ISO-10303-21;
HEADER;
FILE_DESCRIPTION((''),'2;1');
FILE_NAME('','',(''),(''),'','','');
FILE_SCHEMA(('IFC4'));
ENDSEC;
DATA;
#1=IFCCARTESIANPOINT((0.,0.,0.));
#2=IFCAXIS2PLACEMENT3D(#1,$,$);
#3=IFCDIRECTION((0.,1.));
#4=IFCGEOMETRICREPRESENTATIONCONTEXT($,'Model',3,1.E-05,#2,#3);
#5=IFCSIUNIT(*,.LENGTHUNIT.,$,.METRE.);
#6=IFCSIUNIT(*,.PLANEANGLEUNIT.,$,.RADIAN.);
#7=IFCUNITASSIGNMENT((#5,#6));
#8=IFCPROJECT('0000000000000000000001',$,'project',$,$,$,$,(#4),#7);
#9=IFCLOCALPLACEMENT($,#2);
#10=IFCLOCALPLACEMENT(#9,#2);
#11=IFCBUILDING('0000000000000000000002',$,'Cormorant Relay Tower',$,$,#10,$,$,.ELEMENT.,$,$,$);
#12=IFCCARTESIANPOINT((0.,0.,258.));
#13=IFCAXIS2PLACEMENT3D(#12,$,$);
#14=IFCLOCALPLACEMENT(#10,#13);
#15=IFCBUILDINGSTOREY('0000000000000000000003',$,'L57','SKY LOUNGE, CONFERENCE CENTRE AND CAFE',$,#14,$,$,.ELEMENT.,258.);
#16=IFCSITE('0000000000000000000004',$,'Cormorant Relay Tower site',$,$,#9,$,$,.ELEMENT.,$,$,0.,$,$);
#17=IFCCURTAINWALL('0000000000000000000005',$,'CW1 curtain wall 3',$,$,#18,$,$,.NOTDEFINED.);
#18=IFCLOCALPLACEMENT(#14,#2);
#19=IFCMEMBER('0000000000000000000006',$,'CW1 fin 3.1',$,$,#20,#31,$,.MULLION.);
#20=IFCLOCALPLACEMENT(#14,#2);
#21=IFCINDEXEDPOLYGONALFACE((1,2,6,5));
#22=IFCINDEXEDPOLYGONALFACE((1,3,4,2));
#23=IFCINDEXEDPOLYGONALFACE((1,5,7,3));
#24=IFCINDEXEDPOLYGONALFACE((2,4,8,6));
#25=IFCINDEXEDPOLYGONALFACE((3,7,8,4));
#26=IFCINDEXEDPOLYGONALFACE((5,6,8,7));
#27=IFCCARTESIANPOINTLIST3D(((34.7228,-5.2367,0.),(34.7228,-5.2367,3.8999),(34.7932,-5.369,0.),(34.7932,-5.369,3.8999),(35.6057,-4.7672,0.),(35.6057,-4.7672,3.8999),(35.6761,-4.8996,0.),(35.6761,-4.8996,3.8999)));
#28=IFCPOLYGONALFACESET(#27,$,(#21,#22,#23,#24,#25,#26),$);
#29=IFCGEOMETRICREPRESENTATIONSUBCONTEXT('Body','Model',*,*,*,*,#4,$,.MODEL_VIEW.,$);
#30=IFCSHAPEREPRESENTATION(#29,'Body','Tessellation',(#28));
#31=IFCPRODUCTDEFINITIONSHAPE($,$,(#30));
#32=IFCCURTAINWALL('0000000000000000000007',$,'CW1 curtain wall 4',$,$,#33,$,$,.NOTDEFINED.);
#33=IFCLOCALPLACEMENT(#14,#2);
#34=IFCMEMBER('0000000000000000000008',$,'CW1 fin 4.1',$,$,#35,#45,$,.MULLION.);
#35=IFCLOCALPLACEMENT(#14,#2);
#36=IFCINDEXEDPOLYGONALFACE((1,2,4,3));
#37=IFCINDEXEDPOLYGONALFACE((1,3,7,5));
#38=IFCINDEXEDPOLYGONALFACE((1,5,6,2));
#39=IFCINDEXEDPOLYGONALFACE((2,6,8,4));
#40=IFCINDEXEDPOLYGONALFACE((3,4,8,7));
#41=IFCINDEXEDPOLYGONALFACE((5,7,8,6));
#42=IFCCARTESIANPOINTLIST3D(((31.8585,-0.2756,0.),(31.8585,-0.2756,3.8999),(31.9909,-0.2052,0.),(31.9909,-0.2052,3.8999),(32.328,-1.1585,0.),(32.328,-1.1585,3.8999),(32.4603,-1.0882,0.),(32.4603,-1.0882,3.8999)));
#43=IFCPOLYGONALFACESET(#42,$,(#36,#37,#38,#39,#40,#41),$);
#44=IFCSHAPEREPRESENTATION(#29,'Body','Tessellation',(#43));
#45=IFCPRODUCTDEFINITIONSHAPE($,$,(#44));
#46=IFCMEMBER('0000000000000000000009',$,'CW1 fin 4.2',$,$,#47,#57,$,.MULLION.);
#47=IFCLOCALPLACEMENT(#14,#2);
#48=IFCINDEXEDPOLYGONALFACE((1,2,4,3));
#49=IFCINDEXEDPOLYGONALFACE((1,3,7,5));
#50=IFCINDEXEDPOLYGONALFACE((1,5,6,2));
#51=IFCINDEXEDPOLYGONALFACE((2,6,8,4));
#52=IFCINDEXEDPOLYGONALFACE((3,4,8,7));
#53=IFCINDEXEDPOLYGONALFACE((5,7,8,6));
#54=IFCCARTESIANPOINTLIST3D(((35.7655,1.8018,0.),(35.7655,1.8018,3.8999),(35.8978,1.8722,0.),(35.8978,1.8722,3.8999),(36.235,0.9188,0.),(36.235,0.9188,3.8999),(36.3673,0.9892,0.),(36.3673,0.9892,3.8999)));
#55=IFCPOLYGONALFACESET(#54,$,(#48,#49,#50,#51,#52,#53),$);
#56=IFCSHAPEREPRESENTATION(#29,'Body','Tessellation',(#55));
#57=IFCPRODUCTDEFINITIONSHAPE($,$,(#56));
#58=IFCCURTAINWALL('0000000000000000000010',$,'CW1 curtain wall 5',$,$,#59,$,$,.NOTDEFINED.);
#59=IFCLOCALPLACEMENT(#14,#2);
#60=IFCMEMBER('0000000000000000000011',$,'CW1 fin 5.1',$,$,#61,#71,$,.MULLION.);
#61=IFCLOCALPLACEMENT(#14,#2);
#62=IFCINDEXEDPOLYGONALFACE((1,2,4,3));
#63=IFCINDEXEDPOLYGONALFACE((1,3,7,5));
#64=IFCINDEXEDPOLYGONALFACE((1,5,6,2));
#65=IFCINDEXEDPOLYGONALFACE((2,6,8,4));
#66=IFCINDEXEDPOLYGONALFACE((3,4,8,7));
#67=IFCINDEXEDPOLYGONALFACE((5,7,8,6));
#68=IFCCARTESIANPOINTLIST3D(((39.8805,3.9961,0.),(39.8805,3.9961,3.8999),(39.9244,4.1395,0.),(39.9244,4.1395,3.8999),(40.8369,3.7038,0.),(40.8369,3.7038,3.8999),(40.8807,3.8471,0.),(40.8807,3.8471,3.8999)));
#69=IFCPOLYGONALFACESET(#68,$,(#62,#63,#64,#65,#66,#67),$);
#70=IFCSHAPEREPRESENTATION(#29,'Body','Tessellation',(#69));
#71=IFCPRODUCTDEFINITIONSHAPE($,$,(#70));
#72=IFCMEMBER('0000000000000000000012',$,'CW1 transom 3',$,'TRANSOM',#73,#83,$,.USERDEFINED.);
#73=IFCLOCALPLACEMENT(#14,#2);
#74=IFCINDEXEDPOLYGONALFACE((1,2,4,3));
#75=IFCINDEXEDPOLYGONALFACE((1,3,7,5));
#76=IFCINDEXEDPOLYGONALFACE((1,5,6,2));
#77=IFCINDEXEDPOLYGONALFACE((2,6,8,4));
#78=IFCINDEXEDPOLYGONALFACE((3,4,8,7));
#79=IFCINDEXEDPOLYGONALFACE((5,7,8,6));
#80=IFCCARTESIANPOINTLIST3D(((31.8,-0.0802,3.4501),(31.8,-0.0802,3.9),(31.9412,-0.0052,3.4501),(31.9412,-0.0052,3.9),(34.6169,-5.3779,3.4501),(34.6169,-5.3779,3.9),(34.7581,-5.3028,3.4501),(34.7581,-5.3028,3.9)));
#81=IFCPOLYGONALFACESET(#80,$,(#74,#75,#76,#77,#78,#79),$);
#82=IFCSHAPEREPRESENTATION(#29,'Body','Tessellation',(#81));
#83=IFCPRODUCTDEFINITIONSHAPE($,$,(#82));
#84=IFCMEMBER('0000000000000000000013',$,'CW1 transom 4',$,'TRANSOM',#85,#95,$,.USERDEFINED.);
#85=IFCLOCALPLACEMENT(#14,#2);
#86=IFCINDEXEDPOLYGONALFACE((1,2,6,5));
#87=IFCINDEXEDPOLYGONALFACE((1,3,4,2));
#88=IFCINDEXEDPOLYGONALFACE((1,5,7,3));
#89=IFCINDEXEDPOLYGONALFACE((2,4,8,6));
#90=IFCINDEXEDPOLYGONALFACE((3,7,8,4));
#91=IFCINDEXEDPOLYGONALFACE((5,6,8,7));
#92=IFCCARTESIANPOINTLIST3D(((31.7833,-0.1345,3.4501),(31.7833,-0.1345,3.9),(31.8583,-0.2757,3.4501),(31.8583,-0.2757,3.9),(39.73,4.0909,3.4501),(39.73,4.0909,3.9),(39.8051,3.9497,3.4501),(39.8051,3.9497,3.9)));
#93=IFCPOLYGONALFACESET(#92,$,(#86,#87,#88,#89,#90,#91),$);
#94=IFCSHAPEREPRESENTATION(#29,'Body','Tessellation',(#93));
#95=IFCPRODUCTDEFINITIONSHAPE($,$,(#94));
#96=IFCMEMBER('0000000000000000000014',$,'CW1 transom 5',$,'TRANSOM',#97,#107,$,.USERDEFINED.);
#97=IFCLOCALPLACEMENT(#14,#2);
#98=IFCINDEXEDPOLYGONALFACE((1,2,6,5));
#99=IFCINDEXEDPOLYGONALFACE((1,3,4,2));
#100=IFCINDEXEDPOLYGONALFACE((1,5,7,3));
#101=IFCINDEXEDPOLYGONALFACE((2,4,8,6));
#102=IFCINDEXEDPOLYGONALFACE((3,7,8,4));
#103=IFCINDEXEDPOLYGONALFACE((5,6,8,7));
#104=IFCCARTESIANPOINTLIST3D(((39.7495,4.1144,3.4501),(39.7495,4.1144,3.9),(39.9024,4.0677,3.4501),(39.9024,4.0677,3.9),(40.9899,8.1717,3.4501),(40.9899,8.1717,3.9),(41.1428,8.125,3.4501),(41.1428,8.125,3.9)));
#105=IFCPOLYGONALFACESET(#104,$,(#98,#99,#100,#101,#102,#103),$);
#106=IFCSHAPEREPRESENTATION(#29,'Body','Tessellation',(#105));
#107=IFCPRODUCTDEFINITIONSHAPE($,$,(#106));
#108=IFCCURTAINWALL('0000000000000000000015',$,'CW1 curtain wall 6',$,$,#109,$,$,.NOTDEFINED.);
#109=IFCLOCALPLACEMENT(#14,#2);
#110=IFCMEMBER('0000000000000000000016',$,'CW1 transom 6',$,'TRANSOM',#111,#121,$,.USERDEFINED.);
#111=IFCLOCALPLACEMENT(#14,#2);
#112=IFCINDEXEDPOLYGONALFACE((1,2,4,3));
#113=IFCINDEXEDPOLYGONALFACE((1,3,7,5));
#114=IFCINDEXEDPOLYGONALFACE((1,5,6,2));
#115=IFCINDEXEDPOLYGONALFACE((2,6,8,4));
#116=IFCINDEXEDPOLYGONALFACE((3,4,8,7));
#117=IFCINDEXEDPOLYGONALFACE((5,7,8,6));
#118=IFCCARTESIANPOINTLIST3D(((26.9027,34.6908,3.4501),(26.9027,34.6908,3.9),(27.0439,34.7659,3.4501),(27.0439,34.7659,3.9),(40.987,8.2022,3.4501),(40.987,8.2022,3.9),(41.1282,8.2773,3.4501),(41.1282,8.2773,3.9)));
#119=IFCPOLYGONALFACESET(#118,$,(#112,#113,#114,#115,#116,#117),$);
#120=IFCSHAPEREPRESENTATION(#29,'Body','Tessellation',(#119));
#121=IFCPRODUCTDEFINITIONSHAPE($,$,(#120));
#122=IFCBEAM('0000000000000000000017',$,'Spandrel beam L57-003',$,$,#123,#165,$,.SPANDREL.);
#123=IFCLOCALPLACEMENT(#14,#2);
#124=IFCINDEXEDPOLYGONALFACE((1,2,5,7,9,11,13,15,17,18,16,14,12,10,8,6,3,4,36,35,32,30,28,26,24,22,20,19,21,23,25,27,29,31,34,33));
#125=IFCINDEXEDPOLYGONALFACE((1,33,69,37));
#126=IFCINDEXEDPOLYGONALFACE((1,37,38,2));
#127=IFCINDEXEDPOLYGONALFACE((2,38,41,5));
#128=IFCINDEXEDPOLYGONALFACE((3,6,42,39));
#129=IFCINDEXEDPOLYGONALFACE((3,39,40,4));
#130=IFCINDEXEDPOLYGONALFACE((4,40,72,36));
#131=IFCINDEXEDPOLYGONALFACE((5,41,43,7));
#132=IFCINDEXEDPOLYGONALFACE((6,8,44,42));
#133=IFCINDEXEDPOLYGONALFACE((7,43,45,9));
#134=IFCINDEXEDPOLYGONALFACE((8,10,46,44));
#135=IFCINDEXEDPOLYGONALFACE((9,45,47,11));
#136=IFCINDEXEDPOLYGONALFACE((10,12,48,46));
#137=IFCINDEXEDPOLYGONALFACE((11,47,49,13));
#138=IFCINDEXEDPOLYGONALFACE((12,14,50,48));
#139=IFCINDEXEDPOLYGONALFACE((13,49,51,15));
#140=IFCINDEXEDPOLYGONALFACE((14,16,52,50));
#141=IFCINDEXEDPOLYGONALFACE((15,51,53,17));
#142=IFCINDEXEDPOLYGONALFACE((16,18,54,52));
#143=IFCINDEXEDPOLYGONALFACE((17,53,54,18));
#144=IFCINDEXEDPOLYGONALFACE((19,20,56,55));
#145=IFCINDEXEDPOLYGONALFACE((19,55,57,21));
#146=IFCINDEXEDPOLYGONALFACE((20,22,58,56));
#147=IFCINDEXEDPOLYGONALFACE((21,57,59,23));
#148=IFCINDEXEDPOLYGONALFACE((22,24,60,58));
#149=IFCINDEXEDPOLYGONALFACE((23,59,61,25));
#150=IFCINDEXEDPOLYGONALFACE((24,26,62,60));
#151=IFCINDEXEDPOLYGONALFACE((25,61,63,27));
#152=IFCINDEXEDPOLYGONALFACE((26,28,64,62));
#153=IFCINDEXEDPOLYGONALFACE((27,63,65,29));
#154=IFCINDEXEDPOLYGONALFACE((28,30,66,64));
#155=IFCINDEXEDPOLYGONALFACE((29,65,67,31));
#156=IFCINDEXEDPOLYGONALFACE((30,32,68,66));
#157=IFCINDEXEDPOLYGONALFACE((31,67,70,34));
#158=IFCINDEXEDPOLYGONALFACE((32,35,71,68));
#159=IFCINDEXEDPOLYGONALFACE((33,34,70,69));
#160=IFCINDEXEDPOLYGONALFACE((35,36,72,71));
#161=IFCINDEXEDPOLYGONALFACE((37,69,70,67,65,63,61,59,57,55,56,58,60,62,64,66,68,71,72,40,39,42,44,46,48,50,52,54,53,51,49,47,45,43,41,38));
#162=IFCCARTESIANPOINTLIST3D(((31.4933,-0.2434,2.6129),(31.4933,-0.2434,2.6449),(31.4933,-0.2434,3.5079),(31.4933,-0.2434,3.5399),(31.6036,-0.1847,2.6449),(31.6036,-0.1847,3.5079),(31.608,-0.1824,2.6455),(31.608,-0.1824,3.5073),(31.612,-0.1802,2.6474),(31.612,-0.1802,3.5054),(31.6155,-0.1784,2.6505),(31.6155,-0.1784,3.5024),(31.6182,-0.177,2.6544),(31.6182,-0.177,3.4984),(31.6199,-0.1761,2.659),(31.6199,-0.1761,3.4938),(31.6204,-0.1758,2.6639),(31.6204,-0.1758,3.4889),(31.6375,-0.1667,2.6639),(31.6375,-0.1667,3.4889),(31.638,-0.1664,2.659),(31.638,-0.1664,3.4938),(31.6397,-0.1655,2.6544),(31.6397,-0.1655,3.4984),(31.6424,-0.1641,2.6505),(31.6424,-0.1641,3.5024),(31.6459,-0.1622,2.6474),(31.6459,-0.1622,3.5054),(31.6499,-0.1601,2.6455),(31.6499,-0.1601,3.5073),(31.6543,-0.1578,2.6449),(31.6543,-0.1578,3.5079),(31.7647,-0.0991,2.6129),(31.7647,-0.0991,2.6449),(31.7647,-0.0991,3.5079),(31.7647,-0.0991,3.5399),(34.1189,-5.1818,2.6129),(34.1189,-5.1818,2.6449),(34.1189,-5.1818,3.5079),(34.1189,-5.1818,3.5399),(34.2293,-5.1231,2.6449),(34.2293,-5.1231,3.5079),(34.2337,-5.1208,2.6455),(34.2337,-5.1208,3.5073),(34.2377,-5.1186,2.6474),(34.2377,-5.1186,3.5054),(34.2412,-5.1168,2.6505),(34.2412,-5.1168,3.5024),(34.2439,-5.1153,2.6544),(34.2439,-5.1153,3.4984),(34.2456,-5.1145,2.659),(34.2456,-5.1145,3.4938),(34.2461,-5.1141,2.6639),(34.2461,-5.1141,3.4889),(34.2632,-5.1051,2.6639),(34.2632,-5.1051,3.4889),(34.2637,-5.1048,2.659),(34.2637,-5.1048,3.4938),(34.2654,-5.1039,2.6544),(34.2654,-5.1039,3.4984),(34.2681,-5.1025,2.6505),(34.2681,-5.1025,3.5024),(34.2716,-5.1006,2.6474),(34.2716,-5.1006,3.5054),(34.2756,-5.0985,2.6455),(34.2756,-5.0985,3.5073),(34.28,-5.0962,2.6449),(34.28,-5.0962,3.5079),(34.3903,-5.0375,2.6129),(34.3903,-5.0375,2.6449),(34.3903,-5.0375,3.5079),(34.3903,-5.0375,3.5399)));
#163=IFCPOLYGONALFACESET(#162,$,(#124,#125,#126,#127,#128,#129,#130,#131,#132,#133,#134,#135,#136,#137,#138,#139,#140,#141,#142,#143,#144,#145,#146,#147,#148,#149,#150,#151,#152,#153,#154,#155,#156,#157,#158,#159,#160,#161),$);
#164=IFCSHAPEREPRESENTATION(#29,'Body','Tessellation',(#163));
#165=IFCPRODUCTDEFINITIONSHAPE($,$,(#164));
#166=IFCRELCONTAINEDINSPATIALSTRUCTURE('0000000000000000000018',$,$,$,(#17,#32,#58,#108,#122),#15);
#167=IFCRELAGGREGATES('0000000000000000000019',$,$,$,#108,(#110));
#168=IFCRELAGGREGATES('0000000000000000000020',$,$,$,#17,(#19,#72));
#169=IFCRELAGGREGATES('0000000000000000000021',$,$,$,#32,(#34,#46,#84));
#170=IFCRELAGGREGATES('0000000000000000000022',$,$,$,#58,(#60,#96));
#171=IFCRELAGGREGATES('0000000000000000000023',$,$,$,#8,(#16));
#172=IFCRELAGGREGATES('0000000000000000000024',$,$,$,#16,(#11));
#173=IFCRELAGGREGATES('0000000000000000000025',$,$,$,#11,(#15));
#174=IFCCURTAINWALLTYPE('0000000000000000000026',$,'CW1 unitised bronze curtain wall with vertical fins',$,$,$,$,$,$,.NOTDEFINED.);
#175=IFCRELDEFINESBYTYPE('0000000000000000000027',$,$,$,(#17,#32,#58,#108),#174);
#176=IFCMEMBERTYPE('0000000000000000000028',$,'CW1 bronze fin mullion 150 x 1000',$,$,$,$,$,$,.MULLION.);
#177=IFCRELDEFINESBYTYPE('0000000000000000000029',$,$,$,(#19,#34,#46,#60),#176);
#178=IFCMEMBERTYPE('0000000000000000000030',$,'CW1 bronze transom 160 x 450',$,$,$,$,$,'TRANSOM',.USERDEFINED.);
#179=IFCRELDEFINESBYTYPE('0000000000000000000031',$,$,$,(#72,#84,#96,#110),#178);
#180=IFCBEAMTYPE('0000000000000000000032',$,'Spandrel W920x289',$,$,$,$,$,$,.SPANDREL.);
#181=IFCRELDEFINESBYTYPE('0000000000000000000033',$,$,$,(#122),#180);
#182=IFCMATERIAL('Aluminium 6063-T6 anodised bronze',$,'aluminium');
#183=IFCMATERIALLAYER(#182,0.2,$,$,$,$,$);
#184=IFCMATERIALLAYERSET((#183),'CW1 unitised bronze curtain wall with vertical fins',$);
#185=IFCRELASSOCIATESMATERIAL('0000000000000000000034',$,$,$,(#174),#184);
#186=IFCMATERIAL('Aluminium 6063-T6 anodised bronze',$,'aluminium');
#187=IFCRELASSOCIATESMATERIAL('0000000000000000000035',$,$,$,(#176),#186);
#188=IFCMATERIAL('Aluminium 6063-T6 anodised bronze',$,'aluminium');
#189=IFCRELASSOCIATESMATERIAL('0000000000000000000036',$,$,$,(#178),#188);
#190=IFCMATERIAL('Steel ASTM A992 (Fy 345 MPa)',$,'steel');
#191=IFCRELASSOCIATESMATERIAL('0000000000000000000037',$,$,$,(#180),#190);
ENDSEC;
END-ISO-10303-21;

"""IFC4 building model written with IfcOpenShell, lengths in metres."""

from ifc_helpers import new_model, si_unit, direction, frame, origin, origin_2d, place, context, subcontext, project, spatial, rectangle, i_section, extrude, material, layer, layer_set, material_profile, profile_set, type_object, element, aggregate, save


model = new_model("IFC4")

# Units and contexts
model_context = context("Model", 3, precision=1e-05, world=origin(), true_north=direction((0.0, 1.0)))
body_context = subcontext(model_context, "Body", "Model", "MODEL_VIEW")
ifc_project = project(units=[si_unit("LENGTHUNIT", "METRE"), si_unit("PLANEANGLEUNIT", "RADIAN")], contexts=[model_context])

# Site, building, storey
site_placement = place(None, origin())
site = spatial("IfcSite", under=ifc_project, at=site_placement, Name="Cormorant Relay Tower site", CompositionType="ELEMENT", RefElevation=0.0)
building_placement = place(site_placement, origin())
building = spatial("IfcBuilding", under=site, at=building_placement, Name="Cormorant Relay Tower", CompositionType="ELEMENT")
storey_placement = place(building_placement, frame((0.0, 0.0, 258.0)))
storey = spatial("IfcBuildingStorey", under=building, at=storey_placement, Name="L57", Description="SKY LOUNGE, CONFERENCE CENTRE AND CAFE", CompositionType="ELEMENT", Elevation=258.0)

# Curtain wall, member
ifc_material_1 = material(Name="Aluminium 6063-T6 anodised bronze", Category="aluminium")
ifc_layer_1 = layer(ifc_material_1, 0.2)
ifc_layer_set_1 = layer_set([ifc_layer_1], Name="CW1 unitised bronze curtain wall with vertical fins")
curtain_wall_type = type_object("IfcCurtainWallType", Name="CW1 unitised bronze curtain wall with vertical fins", PredefinedType="NOTDEFINED", material=ifc_layer_set_1)
ifc_material_2 = material(Name="Aluminium 6063-T6 anodised bronze", Category="aluminium")
ifc_material_profile_1 = material_profile(ifc_material_2, rectangle(XDim=0.1499, YDim=1.0, at=origin_2d()), Name="AL 150x1000")
ifc_profile_set_1 = profile_set([ifc_material_profile_1], Name="Aluminium 6063-T6 anodised bronze")
member_type_1 = type_object("IfcMemberType", Name="CW1 bronze fin mullion 150 x 1000", PredefinedType="MULLION", material=ifc_profile_set_1)
curtain_wall_1_placement = place(storey_placement, origin())
curtain_wall_1 = element("IfcCurtainWall", 1, at=curtain_wall_1_placement, inside=storey, type_object=curtain_wall_type, Name="CW1 curtain wall 3", PredefinedType="NOTDEFINED")
member_1_placement = place(storey_placement, frame((35.1995, -5.0681, 0.0), z_axis=(0.0, 0.0, 1.0), x_axis=(-0.469472, 0.882948, 0.0)))
member_1 = element("IfcMember", 2, at=member_1_placement, type_object=member_type_1, Name="CW1 fin 3.1", PredefinedType="MULLION", context=body_context, shape_type="SweptSolid", body=[
    extrude(rectangle(XDim=0.1499, YDim=1.0, at=origin_2d()), origin(), (0.0, 0.0, 1.0), 3.8999),
])

# Curtain wall, members
curtain_wall_2_placement = place(storey_placement, origin())
curtain_wall_2 = element("IfcCurtainWall", 3, at=curtain_wall_2_placement, inside=storey, type_object=curtain_wall_type, Name="CW1 curtain wall 4", PredefinedType="NOTDEFINED")
member_2_placement = place(storey_placement, frame((32.1594, -0.6819, 0.0), z_axis=(0.0, 0.0, 1.0), x_axis=(0.882948, 0.469472, 0.0)))
member_2 = element("IfcMember", 4, at=member_2_placement, type_object=member_type_1, Name="CW1 fin 4.1", PredefinedType="MULLION", context=body_context, shape_type="SweptSolid", body=[
    extrude(rectangle(XDim=0.1499, YDim=1.0, at=origin_2d()), origin(), (0.0, 0.0, 1.0), 3.8999),
])
member_3_placement = place(storey_placement, frame((36.0664, 1.3955, 0.0), z_axis=(0.0, 0.0, 1.0), x_axis=(0.882948, 0.469472, 0.0)))
member_3 = element("IfcMember", 5, at=member_3_placement, type_object=member_type_1, Name="CW1 fin 4.2", PredefinedType="MULLION", context=body_context, shape_type="SweptSolid", body=[
    extrude(rectangle(XDim=0.1499, YDim=1.0, at=origin_2d()), origin(), (0.0, 0.0, 1.0), 3.8999),
])

# Curtain wall, member
curtain_wall_3_placement = place(storey_placement, origin())
curtain_wall_3 = element("IfcCurtainWall", 6, at=curtain_wall_3_placement, inside=storey, type_object=curtain_wall_type, Name="CW1 curtain wall 5", PredefinedType="NOTDEFINED")
member_4_placement = place(storey_placement, frame((40.3806, 3.9216, 0.0), z_axis=(0.0, 0.0, 1.0), x_axis=(0.292372, 0.956305, 0.0)))
member_4 = element("IfcMember", 7, at=member_4_placement, type_object=member_type_1, Name="CW1 fin 5.1", PredefinedType="MULLION", context=body_context, shape_type="SweptSolid", body=[
    extrude(rectangle(XDim=0.1499, YDim=1.0, at=origin_2d()), origin(), (0.0, 0.0, 1.0), 3.8999),
])

# Members
ifc_material_3 = material(Name="Aluminium 6063-T6 anodised bronze", Category="aluminium")
ifc_material_profile_2 = material_profile(ifc_material_3, rectangle(XDim=0.1599, YDim=0.45, at=origin_2d()), Name="AL 160x450")
ifc_profile_set_2 = profile_set([ifc_material_profile_2], Name="Aluminium 6063-T6 anodised bronze")
member_type_2 = type_object("IfcMemberType", Name="CW1 bronze transom 160 x 450", ElementType="TRANSOM", PredefinedType="USERDEFINED", material=ifc_profile_set_2)
member_5_placement = place(storey_placement, frame((34.6875, -5.3403, 3.675), z_axis=(-0.469485, 0.88294, 0.0), x_axis=(-0.88294, -0.469485, 0.0)))
member_5 = element("IfcMember", 8, at=member_5_placement, type_object=member_type_2, Name="CW1 transom 3", ObjectType="TRANSOM", PredefinedType="USERDEFINED", context=body_context, shape_type="SweptSolid", body=[
    extrude(rectangle(XDim=0.1599, YDim=0.45, at=origin_2d()), origin(), (0.0, 0.0, 1.0), 6.0),
])
member_6_placement = place(storey_placement, frame((31.8208, -0.2051, 3.675), z_axis=(0.882949, 0.469469, 0.0), x_axis=(-0.469469, 0.882949, 0.0)))
member_6 = element("IfcMember", 9, at=member_6_placement, type_object=member_type_2, Name="CW1 transom 4", ObjectType="TRANSOM", PredefinedType="USERDEFINED", context=body_context, shape_type="SweptSolid", body=[
    extrude(rectangle(XDim=0.1599, YDim=0.45, at=origin_2d()), origin(), (0.0, 0.0, 1.0), 9.0002),
])
member_7_placement = place(storey_placement, frame((39.8259, 4.0911, 3.675), z_axis=(0.292375, 0.956304, 0.0), x_axis=(-0.956304, 0.292375, 0.0)))
member_7 = element("IfcMember", 10, at=member_7_placement, type_object=member_type_2, Name="CW1 transom 5", ObjectType="TRANSOM", PredefinedType="USERDEFINED", context=body_context, shape_type="SweptSolid", body=[
    extrude(rectangle(XDim=0.1599, YDim=0.45, at=origin_2d()), origin(), (0.0, 0.0, 1.0), 4.2427),
])

# Curtain wall, member
curtain_wall_4_placement = place(storey_placement, origin())
curtain_wall_4 = element("IfcCurtainWall", 11, at=curtain_wall_4_placement, inside=storey, type_object=curtain_wall_type, Name="CW1 curtain wall 6", PredefinedType="NOTDEFINED")
member_8_placement = place(storey_placement, frame((41.0576, 8.2397, 3.675), z_axis=(-0.469472, 0.882947, 0.0), x_axis=(-0.882947, -0.469472, 0.0)))
member_8 = element("IfcMember", 12, at=member_8_placement, type_object=member_type_2, Name="CW1 transom 6", ObjectType="TRANSOM", PredefinedType="USERDEFINED", context=body_context, shape_type="SweptSolid", body=[
    extrude(rectangle(XDim=0.1599, YDim=0.45, at=origin_2d()), origin(), (0.0, 0.0, 1.0), 30.0002),
])
aggregate(curtain_wall_4, [member_8])

# Beam
ifc_material_4 = material(Name="Steel ASTM A992 (Fy 345 MPa)", Category="steel")
ifc_material_profile_3 = material_profile(ifc_material_4, i_section(OverallWidth=0.3074, OverallDepth=0.927, WebThickness=0.0193, FlangeThickness=0.032, FilletRadius=0.019, at=origin_2d()), Name="W920x289")
ifc_profile_set_3 = profile_set([ifc_material_profile_3], Name="Steel ASTM A992 (Fy 345 MPa)")
beam_type = type_object("IfcBeamType", Name="Spandrel W920x289", PredefinedType="SPANDREL", material=ifc_profile_set_3)
beam_1_placement = place(storey_placement, frame((34.2546, -5.1096, 3.0764), z_axis=(-0.469457, 0.882955, 0.0), x_axis=(-0.882955, -0.469457, 0.0)))
element("IfcBeam", 13, at=beam_1_placement, inside=storey, type_object=beam_type, Name="Spandrel beam L57-003", PredefinedType="SPANDREL", context=body_context, shape_type="SweptSolid", body=[
    extrude(i_section(OverallWidth=0.3074, OverallDepth=0.927, WebThickness=0.0193, FlangeThickness=0.032, FilletRadius=0.019, at=origin_2d()), origin(), (0.0, 0.0, 1.0), 5.593),
])

aggregate(curtain_wall_1, [member_1, member_5])

aggregate(curtain_wall_2, [member_2, member_3, member_6])
aggregate(curtain_wall_3, [member_4, member_7])

save(model, "model.ifc")
